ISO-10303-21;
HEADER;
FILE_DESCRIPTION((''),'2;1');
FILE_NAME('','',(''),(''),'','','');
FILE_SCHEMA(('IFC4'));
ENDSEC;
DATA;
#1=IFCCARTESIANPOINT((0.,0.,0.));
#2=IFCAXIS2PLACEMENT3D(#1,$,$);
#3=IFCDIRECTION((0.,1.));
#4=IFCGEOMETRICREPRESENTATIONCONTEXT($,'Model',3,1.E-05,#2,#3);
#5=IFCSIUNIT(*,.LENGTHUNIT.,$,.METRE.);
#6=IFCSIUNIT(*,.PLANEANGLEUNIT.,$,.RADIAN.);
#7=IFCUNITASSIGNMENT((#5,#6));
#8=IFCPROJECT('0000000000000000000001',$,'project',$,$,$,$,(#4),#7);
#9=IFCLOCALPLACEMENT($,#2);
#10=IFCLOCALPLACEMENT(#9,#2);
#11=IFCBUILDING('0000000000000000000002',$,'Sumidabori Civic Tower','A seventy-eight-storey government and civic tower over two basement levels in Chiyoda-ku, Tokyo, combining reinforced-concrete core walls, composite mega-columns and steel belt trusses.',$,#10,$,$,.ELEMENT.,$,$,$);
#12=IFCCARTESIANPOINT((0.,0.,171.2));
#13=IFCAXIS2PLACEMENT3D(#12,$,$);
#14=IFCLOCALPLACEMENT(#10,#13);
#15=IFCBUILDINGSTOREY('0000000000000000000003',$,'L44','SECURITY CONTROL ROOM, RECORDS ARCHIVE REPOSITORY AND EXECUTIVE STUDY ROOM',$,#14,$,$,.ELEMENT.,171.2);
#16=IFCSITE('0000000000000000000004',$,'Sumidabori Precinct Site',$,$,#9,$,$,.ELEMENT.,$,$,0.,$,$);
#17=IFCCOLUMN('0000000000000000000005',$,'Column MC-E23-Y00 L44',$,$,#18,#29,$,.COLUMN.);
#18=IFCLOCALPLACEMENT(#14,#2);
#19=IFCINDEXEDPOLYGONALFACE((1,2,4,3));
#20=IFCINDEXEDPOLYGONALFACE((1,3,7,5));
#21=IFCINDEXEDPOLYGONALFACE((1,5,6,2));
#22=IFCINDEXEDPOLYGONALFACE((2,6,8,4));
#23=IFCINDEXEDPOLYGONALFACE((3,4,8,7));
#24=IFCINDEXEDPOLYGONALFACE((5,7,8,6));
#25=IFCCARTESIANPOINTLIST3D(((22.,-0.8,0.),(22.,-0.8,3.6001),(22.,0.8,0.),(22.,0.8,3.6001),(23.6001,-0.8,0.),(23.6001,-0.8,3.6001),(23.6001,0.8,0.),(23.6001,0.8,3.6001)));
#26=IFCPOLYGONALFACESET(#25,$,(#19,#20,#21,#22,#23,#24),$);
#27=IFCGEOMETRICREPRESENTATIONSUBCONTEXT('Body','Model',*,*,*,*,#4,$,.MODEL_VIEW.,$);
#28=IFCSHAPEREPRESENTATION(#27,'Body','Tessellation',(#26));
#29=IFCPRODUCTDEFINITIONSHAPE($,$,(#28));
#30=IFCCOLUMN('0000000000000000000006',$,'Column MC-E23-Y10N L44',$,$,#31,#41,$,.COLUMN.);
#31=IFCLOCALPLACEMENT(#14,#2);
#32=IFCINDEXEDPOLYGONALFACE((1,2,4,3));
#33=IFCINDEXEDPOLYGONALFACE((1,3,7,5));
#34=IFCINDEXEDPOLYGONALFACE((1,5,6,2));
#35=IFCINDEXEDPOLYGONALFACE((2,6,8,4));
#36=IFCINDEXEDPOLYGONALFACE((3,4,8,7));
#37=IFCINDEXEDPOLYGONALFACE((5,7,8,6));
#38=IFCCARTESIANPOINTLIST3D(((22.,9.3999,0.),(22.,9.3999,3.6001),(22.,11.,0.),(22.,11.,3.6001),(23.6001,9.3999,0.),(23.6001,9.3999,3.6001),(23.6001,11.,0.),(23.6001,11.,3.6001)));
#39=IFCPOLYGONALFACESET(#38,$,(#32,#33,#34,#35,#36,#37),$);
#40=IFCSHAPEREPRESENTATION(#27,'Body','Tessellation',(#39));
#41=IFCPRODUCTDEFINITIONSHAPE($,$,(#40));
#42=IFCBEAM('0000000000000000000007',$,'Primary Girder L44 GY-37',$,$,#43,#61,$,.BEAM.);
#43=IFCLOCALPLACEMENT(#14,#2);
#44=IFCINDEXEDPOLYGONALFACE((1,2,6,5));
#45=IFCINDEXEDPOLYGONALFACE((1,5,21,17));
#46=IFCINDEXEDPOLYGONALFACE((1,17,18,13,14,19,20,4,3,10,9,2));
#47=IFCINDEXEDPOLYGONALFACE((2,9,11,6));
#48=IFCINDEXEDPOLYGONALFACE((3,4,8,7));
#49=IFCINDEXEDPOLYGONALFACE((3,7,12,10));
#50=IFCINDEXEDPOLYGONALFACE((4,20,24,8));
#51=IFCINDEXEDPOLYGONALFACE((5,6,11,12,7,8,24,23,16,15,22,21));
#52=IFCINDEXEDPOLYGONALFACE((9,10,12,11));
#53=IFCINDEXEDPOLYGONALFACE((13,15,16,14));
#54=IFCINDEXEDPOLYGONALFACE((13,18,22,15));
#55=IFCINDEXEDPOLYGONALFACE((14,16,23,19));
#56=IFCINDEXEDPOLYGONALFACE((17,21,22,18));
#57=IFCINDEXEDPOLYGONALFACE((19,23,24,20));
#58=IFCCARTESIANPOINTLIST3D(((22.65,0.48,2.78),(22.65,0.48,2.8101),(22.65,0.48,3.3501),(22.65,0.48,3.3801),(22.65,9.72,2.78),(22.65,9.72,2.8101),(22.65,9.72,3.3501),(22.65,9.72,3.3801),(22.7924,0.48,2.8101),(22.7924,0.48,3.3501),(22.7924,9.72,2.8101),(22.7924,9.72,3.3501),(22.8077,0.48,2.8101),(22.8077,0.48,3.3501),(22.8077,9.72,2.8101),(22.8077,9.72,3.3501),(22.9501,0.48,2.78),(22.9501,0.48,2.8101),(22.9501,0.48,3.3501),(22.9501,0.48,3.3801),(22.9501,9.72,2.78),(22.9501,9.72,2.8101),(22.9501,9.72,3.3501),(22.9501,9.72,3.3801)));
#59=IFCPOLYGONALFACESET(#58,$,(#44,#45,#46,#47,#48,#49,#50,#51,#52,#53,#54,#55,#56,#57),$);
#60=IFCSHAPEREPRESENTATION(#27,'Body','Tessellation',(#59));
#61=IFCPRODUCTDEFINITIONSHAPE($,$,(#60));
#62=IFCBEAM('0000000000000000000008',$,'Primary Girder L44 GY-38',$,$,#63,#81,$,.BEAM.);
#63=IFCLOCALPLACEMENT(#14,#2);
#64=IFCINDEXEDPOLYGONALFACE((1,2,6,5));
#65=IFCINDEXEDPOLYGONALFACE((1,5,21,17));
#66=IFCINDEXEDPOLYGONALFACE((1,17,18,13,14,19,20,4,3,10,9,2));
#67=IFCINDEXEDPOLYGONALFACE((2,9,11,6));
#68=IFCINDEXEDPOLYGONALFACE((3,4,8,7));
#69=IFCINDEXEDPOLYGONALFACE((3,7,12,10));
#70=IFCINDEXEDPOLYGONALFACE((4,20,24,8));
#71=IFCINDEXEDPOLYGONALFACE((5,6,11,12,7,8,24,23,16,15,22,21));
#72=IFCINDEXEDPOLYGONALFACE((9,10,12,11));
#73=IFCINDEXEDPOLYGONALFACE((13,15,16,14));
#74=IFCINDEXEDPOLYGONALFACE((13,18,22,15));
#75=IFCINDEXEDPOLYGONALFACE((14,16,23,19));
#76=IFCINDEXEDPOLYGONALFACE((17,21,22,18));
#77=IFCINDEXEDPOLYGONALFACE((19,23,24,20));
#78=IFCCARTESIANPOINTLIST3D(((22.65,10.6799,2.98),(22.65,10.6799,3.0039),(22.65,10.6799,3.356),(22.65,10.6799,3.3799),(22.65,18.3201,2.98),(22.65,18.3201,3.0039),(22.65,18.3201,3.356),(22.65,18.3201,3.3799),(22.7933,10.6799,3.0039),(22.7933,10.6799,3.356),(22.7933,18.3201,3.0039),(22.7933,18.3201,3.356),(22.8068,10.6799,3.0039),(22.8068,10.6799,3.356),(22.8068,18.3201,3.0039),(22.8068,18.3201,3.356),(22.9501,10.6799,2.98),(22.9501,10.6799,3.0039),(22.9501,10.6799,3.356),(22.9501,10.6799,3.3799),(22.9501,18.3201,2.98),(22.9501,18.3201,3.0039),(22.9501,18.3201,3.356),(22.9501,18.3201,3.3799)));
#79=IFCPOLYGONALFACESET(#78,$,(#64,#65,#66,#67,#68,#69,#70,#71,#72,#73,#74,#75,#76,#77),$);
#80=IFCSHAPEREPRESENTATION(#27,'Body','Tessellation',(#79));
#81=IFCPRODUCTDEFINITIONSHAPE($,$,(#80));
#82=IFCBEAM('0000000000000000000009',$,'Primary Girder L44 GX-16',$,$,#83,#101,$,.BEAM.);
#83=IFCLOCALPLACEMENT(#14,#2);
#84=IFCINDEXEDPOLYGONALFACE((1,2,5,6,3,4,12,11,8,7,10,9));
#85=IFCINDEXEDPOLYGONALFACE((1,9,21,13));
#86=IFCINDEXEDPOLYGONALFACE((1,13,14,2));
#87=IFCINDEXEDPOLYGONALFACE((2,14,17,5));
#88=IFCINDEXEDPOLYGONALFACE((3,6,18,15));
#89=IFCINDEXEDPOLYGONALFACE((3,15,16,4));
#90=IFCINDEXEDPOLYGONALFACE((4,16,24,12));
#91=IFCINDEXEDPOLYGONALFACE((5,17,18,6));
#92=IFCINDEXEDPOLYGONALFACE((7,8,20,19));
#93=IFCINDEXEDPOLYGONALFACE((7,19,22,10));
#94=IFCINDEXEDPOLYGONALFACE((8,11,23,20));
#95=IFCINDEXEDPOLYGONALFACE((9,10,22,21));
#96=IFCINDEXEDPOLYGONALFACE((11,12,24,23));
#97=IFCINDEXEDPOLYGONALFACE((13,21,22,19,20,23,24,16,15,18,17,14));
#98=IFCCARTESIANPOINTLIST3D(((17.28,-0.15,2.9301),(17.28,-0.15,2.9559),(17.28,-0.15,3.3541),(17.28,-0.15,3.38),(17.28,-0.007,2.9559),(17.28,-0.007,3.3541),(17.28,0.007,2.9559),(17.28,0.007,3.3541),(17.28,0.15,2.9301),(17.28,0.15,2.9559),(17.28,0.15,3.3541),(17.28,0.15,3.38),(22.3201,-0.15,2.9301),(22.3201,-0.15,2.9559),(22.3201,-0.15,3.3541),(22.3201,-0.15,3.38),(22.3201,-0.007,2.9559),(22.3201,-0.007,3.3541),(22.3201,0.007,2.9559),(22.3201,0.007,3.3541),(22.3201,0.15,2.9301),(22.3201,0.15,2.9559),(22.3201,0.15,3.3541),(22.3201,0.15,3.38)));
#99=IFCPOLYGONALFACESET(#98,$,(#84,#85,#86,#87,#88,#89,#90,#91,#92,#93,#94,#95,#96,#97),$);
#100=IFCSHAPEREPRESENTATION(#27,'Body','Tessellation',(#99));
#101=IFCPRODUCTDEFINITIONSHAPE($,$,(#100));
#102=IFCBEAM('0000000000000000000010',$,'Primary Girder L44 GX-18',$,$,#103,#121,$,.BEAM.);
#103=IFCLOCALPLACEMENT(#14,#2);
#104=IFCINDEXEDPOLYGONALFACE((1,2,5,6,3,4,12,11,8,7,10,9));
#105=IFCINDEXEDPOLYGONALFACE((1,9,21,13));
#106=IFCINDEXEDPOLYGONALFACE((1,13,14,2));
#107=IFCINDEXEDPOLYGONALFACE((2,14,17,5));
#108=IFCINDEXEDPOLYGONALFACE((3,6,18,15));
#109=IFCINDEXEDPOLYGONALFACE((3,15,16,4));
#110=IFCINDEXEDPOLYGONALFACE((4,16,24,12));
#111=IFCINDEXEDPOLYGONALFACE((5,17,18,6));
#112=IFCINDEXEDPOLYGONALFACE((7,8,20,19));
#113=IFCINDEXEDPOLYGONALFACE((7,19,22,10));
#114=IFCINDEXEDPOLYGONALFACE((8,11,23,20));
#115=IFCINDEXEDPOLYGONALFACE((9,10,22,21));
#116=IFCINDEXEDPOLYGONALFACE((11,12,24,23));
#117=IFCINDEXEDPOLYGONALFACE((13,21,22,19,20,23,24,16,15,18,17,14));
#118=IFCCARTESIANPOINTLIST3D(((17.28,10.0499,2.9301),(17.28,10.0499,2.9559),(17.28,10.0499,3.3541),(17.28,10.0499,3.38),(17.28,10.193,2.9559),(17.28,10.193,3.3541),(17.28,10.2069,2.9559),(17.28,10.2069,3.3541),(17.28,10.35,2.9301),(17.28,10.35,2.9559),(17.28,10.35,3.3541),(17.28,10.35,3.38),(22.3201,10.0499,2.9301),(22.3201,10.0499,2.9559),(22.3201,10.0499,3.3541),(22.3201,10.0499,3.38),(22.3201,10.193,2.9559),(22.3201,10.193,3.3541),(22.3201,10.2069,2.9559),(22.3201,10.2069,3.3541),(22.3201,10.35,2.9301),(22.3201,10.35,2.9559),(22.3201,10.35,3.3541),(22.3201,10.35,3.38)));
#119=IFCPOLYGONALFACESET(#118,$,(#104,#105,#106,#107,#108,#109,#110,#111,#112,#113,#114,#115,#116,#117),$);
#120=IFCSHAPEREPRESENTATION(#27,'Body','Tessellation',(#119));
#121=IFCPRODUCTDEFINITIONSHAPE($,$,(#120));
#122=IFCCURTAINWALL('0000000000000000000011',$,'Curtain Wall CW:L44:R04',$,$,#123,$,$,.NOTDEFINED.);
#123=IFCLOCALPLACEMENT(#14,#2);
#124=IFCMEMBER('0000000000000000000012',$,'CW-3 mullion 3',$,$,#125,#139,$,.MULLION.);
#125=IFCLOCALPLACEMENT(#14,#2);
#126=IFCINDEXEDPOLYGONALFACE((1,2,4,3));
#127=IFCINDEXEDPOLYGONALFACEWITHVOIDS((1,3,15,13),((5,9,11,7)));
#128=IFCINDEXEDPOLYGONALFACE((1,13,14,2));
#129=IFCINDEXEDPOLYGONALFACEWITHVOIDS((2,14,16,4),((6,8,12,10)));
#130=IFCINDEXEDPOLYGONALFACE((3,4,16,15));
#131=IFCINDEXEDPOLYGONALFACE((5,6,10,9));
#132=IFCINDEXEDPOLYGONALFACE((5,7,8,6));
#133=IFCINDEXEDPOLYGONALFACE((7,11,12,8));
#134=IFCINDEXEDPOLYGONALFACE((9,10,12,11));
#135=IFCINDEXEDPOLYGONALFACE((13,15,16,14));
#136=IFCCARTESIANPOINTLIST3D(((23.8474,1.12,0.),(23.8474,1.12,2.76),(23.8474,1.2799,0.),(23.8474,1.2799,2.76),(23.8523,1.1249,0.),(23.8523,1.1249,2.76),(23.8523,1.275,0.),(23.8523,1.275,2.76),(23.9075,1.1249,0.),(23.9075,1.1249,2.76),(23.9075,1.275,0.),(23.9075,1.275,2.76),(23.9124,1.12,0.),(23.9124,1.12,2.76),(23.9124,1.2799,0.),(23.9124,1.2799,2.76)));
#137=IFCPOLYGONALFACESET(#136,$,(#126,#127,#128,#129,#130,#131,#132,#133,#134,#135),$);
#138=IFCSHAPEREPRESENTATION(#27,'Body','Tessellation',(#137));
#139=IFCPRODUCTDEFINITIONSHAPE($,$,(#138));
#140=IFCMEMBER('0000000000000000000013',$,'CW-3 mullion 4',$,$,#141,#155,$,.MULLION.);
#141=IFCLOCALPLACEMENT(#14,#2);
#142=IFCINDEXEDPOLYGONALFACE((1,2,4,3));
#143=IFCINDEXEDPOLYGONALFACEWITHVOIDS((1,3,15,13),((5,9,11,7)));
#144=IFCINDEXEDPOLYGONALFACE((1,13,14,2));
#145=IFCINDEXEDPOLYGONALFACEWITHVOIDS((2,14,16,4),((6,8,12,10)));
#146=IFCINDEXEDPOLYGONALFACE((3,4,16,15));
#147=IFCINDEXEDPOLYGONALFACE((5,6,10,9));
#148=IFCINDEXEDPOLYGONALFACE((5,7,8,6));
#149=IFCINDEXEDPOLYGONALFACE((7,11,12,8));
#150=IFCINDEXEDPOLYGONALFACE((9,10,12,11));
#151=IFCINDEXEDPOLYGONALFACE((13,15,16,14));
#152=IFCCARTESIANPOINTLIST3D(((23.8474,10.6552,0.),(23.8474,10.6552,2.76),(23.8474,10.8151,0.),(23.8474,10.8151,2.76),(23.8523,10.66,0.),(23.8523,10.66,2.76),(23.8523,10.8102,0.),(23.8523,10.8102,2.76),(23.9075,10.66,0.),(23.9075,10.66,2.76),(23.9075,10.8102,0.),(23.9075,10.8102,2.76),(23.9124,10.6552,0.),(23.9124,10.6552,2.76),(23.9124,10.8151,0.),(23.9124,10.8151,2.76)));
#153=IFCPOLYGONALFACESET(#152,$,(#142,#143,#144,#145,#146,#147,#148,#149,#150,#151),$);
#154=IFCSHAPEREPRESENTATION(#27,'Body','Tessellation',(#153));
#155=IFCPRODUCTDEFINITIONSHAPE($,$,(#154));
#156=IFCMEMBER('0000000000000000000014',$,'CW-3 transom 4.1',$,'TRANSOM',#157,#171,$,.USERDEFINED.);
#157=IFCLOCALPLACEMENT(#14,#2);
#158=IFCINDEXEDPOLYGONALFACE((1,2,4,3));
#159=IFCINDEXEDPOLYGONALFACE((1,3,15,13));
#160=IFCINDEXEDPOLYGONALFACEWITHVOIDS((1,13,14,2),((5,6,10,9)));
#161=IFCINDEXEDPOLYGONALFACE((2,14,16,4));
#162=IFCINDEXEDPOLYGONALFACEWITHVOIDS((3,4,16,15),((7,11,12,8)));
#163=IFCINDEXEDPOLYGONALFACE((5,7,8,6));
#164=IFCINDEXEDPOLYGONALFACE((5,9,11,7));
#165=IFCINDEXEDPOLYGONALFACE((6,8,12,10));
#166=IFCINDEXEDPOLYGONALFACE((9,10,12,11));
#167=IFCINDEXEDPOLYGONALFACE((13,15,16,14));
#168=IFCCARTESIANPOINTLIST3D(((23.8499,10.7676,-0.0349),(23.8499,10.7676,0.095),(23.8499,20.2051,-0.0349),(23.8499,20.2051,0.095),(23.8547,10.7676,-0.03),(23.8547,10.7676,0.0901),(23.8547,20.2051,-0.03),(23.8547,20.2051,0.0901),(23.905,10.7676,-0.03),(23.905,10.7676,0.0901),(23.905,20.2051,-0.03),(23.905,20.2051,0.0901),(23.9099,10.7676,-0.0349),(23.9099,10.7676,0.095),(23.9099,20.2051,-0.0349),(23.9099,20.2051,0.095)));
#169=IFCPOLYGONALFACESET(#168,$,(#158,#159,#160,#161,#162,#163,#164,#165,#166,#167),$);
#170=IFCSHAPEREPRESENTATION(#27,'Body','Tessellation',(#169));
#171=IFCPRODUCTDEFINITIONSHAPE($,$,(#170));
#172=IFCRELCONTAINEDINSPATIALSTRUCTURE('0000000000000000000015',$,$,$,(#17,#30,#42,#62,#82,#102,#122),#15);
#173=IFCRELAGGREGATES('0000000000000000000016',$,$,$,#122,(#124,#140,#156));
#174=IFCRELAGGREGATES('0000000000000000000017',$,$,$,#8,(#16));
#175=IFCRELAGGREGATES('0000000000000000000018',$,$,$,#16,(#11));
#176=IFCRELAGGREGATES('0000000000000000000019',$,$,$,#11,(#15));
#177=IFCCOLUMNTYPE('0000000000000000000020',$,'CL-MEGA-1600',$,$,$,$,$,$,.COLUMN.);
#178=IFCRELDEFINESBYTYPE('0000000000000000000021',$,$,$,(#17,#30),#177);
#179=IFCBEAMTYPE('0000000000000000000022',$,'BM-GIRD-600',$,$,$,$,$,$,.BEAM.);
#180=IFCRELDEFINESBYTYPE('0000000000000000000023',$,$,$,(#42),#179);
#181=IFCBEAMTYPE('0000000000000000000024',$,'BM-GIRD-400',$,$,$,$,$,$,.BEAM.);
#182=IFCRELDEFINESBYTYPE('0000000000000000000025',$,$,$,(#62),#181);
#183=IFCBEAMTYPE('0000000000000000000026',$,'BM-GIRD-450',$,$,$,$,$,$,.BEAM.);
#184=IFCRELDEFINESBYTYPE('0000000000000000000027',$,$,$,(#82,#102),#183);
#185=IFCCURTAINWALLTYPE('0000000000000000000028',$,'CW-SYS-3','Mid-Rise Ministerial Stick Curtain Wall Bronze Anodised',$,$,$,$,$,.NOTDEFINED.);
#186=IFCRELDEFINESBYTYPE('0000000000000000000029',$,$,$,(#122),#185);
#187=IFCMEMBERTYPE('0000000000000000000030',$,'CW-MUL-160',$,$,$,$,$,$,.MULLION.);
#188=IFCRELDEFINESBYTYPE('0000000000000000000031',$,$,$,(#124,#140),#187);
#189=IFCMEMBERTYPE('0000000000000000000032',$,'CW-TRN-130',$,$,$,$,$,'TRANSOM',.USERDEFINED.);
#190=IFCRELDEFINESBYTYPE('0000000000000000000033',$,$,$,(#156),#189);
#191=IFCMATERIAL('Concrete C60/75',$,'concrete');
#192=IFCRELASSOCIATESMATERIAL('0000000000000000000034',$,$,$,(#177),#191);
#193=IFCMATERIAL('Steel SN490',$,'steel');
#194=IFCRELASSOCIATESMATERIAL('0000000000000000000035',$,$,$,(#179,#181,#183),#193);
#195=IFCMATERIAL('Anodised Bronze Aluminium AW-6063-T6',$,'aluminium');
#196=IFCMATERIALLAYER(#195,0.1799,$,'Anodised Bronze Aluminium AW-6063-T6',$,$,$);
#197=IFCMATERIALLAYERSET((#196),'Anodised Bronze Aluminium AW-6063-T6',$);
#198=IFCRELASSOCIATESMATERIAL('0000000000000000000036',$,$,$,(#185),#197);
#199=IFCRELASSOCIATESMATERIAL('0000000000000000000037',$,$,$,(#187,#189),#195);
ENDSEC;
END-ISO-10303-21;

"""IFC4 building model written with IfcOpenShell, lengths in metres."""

from ifc_helpers import new_model, si_unit, direction, frame, origin, origin_2d, place, context, subcontext, project, spatial, rectangle, hollow_rectangle, i_section, extrude, source, transform, mapped, material, layer, layer_set, material_profile, profile_set, type_object, element, aggregate, save


model = new_model("IFC4")

# Units and contexts
model_context = context("Model", 3, precision=1e-05, world=origin(), true_north=direction((0.0, 1.0)))
body_context = subcontext(model_context, "Body", "Model", "MODEL_VIEW")
ifc_project = project(units=[si_unit("LENGTHUNIT", "METRE"), si_unit("PLANEANGLEUNIT", "RADIAN")], contexts=[model_context])

# Site, building, storey
site_placement = place(None, origin())
site = spatial("IfcSite", under=ifc_project, at=site_placement, Name="Sumidabori Precinct Site", CompositionType="ELEMENT", RefElevation=0.0)
building_placement = place(site_placement, origin())
building = spatial("IfcBuilding", under=site, at=building_placement, Name="Sumidabori Civic Tower", Description="A seventy-eight-storey government and civic tower over two basement levels in Chiyoda-ku, Tokyo, combining reinforced-concrete core walls, composite mega-columns and steel belt trusses.", CompositionType="ELEMENT")
storey_placement = place(building_placement, frame((0.0, 0.0, 171.2)))
storey = spatial("IfcBuildingStorey", under=building, at=storey_placement, Name="L44", Description="SECURITY CONTROL ROOM, RECORDS ARCHIVE REPOSITORY AND EXECUTIVE STUDY ROOM", CompositionType="ELEMENT", Elevation=171.2)

# Columns
ifc_material_1 = material(Name="Concrete C60/75", Category="concrete")
ifc_material_profile_1 = material_profile(ifc_material_1, rectangle(XDim=1.6001, YDim=1.6001, at=origin_2d()), Name="RC 1600x1600")
ifc_profile_set_1 = profile_set([ifc_material_profile_1], Name="Concrete C60/75")
column_type = type_object("IfcColumnType", Name="CL-MEGA-1600", PredefinedType="COLUMN", material=ifc_profile_set_1)
shared_shape_1 = source(origin(), body_context, "Body", "SweptSolid", [
    extrude(rectangle(XDim=1.6001, YDim=1.6001, at=origin_2d()), origin(), (0.0, 0.0, 1.0), 3.6001),
])
for number, where, z_axis, x_axis, name in (
    (1, (22.8, 0.0, 0.0), (0.0, 0.0, 1.0), (1.0, 0.0, 0.0), "Column MC-E23-Y00 L44"),
    (2, (22.8, 10.2, 0.0), (0.0, 0.0, 1.0), (1.0, 0.0, 0.0), "Column MC-E23-Y10N L44"),
):
    element("IfcColumn", number, at=place(storey_placement, frame(where, z_axis=z_axis, x_axis=x_axis)), inside=storey, type_object=column_type, Name=name, PredefinedType="COLUMN", context=body_context, shape_type="MappedRepresentation", body=[
        mapped(shared_shape_1, transform((0.0, 0.0, 0.0), x_axis=(1.0, 0.0, 0.0), y_axis=(0.0, 1.0, 0.0), z_axis=(0.0, 0.0, 1.0), scale=1.0)),
    ])

# Beams
ifc_material_2 = material(Name="Steel SN490", Category="steel")
ifc_material_profile_2 = material_profile(ifc_material_2, i_section(OverallWidth=0.3, OverallDepth=0.6001, WebThickness=0.0154, FlangeThickness=0.03, at=origin_2d()), Name="HE 600 B")
ifc_profile_set_2 = profile_set([ifc_material_profile_2], Name="Steel SN490")
beam_type_1 = type_object("IfcBeamType", Name="BM-GIRD-600", PredefinedType="BEAM", material=ifc_profile_set_2)
shared_shape_2 = source(origin(), body_context, "Body", "SweptSolid", [
    extrude(i_section(OverallWidth=0.3, OverallDepth=0.6001, WebThickness=0.0154, FlangeThickness=0.03, at=origin_2d()), origin(), (0.0, 0.0, 1.0), 9.24),
])
beam_1_placement = place(storey_placement, frame((22.8, 0.48, 3.0801), z_axis=(0.0, 1.0, 0.0), x_axis=(-1.0, 0.0, 0.0)))
element("IfcBeam", 3, at=beam_1_placement, inside=storey, type_object=beam_type_1, Name="Primary Girder L44 GY-37", PredefinedType="BEAM", context=body_context, shape_type="MappedRepresentation", body=[
    mapped(shared_shape_2, transform((0.0, 0.0, 0.0), x_axis=(1.0, 0.0, 0.0), y_axis=(0.0, 1.0, 0.0), z_axis=(0.0, 0.0, 1.0), scale=1.0)),
])
ifc_material_profile_3 = material_profile(ifc_material_2, i_section(OverallWidth=0.3, OverallDepth=0.3999, WebThickness=0.0134, FlangeThickness=0.0239, at=origin_2d()), Name="HE 400 B")
ifc_profile_set_3 = profile_set([ifc_material_profile_3], Name="Steel SN490")
beam_type_2 = type_object("IfcBeamType", Name="BM-GIRD-400", PredefinedType="BEAM", material=ifc_profile_set_3)
shared_shape_3 = source(origin(), body_context, "Body", "SweptSolid", [
    extrude(i_section(OverallWidth=0.3, OverallDepth=0.3999, WebThickness=0.0134, FlangeThickness=0.0239, at=origin_2d()), origin(), (0.0, 0.0, 1.0), 7.6401),
])
beam_2_placement = place(storey_placement, frame((22.8, 10.6799, 3.1799), z_axis=(0.0, 1.0, 0.0), x_axis=(-1.0, 0.0, 0.0)))
element("IfcBeam", 4, at=beam_2_placement, inside=storey, type_object=beam_type_2, Name="Primary Girder L44 GY-38", PredefinedType="BEAM", context=body_context, shape_type="MappedRepresentation", body=[
    mapped(shared_shape_3, transform((0.0, 0.0, 0.0), x_axis=(1.0, 0.0, 0.0), y_axis=(0.0, 1.0, 0.0), z_axis=(0.0, 0.0, 1.0), scale=1.0)),
])
ifc_material_profile_4 = material_profile(ifc_material_2, i_section(OverallWidth=0.3, OverallDepth=0.45, WebThickness=0.0139, FlangeThickness=0.0259, at=origin_2d()), Name="HE 450 B")
ifc_profile_set_4 = profile_set([ifc_material_profile_4], Name="Steel SN490")
beam_type_3 = type_object("IfcBeamType", Name="BM-GIRD-450", PredefinedType="BEAM", material=ifc_profile_set_4)
shared_shape_4 = source(origin(), body_context, "Body", "SweptSolid", [
    extrude(i_section(OverallWidth=0.3, OverallDepth=0.45, WebThickness=0.0139, FlangeThickness=0.0259, at=origin_2d()), origin(), (0.0, 0.0, 1.0), 5.04),
])
for number, where, z_axis, x_axis, name in (
    (5, (17.28, 0.0, 3.155), (1.0, 0.0, 0.0), (0.0, 1.0, 0.0), "Primary Girder L44 GX-16"),
    (6, (17.28, 10.2, 3.155), (1.0, 0.0, 0.0), (0.0, 1.0, 0.0), "Primary Girder L44 GX-18"),
):
    element("IfcBeam", number, at=place(storey_placement, frame(where, z_axis=z_axis, x_axis=x_axis)), inside=storey, type_object=beam_type_3, Name=name, PredefinedType="BEAM", context=body_context, shape_type="MappedRepresentation", body=[
        mapped(shared_shape_4, transform((0.0, 0.0, 0.0), x_axis=(1.0, 0.0, 0.0), y_axis=(0.0, 1.0, 0.0), z_axis=(0.0, 0.0, 1.0), scale=1.0)),
    ])

# Curtain wall, members
ifc_material_3 = material(Name="Anodised Bronze Aluminium AW-6063-T6", Category="aluminium")
ifc_layer_1 = layer(ifc_material_3, 0.1799, Name="Anodised Bronze Aluminium AW-6063-T6")
ifc_layer_set_1 = layer_set([ifc_layer_1], Name="Anodised Bronze Aluminium AW-6063-T6")
curtain_wall_type = type_object("IfcCurtainWallType", Name="CW-SYS-3", Description="Mid-Rise Ministerial Stick Curtain Wall Bronze Anodised", PredefinedType="NOTDEFINED", material=ifc_layer_set_1)
curtain_wall_placement = place(storey_placement, origin())
curtain_wall = element("IfcCurtainWall", 7, at=curtain_wall_placement, inside=storey, type_object=curtain_wall_type, Name="Curtain Wall CW:L44:R04", PredefinedType="NOTDEFINED")
ifc_material_profile_5 = material_profile(ifc_material_3, hollow_rectangle(XDim=0.0649, YDim=0.1599, WallThickness=0.0049, at=origin_2d()), Name="ALU MULLION 160x65")
ifc_profile_set_5 = profile_set([ifc_material_profile_5], Name="Anodised Bronze Aluminium AW-6063-T6")
member_type_1 = type_object("IfcMemberType", Name="CW-MUL-160", PredefinedType="MULLION", material=ifc_profile_set_5)
shared_shape_5 = source(origin(), body_context, "Body", "SweptSolid", [
    extrude(hollow_rectangle(XDim=0.0649, YDim=0.1599, WallThickness=0.0049, at=origin_2d()), origin(), (0.0, 0.0, 1.0), 2.76),
])
member_1_placement = place(storey_placement, frame((23.8799, 1.2, 0.0), z_axis=(0.0, 0.0, 1.0), x_axis=(-1.0, 0.0, 0.0)))
member_1 = element("IfcMember", 8, at=member_1_placement, type_object=member_type_1, Name="CW-3 mullion 3", PredefinedType="MULLION", context=body_context, shape_type="MappedRepresentation", body=[
    mapped(shared_shape_5, transform((0.0, 0.0, 0.0), x_axis=(1.0, 0.0, 0.0), y_axis=(0.0, 1.0, 0.0), z_axis=(0.0, 0.0, 1.0), scale=1.0)),
])
member_2_placement = place(storey_placement, frame((23.8799, 10.7351, 0.0), z_axis=(0.0, 0.0, 1.0), x_axis=(-1.0, 0.0, 0.0)))
member_2 = element("IfcMember", 9, at=member_2_placement, type_object=member_type_1, Name="CW-3 mullion 4", PredefinedType="MULLION", context=body_context, shape_type="MappedRepresentation", body=[
    mapped(shared_shape_5, transform((0.0, 0.0, 0.0), x_axis=(1.0, 0.0, 0.0), y_axis=(0.0, 1.0, 0.0), z_axis=(0.0, 0.0, 1.0), scale=1.0)),
])
ifc_material_profile_6 = material_profile(ifc_material_3, hollow_rectangle(XDim=0.0601, YDim=0.1299, WallThickness=0.0049, at=origin_2d()), Name="ALU TRANSOM 130x60")
ifc_profile_set_6 = profile_set([ifc_material_profile_6], Name="Anodised Bronze Aluminium AW-6063-T6")
member_type_2 = type_object("IfcMemberType", Name="CW-TRN-130", ElementType="TRANSOM", PredefinedType="USERDEFINED", material=ifc_profile_set_6)
shared_shape_6 = source(origin(), body_context, "Body", "SweptSolid", [
    extrude(hollow_rectangle(XDim=0.0601, YDim=0.1299, WallThickness=0.0049, at=origin_2d()), origin(), (0.0, 0.0, 1.0), 9.4375),
])
member_3_placement = place(storey_placement, frame((23.8799, 10.7676, 0.03), z_axis=(0.0, 1.0, 0.0), x_axis=(-1.0, 0.0, 0.0)))
member_3 = element("IfcMember", 10, at=member_3_placement, type_object=member_type_2, Name="CW-3 transom 4.1", ObjectType="TRANSOM", PredefinedType="USERDEFINED", context=body_context, shape_type="MappedRepresentation", body=[
    mapped(shared_shape_6, transform((0.0, 0.0, 0.0), x_axis=(1.0, 0.0, 0.0), y_axis=(0.0, 1.0, 0.0), z_axis=(0.0, 0.0, 1.0), scale=1.0)),
])
aggregate(curtain_wall, [member_1, member_2, member_3])

save(model, "model.ifc")
